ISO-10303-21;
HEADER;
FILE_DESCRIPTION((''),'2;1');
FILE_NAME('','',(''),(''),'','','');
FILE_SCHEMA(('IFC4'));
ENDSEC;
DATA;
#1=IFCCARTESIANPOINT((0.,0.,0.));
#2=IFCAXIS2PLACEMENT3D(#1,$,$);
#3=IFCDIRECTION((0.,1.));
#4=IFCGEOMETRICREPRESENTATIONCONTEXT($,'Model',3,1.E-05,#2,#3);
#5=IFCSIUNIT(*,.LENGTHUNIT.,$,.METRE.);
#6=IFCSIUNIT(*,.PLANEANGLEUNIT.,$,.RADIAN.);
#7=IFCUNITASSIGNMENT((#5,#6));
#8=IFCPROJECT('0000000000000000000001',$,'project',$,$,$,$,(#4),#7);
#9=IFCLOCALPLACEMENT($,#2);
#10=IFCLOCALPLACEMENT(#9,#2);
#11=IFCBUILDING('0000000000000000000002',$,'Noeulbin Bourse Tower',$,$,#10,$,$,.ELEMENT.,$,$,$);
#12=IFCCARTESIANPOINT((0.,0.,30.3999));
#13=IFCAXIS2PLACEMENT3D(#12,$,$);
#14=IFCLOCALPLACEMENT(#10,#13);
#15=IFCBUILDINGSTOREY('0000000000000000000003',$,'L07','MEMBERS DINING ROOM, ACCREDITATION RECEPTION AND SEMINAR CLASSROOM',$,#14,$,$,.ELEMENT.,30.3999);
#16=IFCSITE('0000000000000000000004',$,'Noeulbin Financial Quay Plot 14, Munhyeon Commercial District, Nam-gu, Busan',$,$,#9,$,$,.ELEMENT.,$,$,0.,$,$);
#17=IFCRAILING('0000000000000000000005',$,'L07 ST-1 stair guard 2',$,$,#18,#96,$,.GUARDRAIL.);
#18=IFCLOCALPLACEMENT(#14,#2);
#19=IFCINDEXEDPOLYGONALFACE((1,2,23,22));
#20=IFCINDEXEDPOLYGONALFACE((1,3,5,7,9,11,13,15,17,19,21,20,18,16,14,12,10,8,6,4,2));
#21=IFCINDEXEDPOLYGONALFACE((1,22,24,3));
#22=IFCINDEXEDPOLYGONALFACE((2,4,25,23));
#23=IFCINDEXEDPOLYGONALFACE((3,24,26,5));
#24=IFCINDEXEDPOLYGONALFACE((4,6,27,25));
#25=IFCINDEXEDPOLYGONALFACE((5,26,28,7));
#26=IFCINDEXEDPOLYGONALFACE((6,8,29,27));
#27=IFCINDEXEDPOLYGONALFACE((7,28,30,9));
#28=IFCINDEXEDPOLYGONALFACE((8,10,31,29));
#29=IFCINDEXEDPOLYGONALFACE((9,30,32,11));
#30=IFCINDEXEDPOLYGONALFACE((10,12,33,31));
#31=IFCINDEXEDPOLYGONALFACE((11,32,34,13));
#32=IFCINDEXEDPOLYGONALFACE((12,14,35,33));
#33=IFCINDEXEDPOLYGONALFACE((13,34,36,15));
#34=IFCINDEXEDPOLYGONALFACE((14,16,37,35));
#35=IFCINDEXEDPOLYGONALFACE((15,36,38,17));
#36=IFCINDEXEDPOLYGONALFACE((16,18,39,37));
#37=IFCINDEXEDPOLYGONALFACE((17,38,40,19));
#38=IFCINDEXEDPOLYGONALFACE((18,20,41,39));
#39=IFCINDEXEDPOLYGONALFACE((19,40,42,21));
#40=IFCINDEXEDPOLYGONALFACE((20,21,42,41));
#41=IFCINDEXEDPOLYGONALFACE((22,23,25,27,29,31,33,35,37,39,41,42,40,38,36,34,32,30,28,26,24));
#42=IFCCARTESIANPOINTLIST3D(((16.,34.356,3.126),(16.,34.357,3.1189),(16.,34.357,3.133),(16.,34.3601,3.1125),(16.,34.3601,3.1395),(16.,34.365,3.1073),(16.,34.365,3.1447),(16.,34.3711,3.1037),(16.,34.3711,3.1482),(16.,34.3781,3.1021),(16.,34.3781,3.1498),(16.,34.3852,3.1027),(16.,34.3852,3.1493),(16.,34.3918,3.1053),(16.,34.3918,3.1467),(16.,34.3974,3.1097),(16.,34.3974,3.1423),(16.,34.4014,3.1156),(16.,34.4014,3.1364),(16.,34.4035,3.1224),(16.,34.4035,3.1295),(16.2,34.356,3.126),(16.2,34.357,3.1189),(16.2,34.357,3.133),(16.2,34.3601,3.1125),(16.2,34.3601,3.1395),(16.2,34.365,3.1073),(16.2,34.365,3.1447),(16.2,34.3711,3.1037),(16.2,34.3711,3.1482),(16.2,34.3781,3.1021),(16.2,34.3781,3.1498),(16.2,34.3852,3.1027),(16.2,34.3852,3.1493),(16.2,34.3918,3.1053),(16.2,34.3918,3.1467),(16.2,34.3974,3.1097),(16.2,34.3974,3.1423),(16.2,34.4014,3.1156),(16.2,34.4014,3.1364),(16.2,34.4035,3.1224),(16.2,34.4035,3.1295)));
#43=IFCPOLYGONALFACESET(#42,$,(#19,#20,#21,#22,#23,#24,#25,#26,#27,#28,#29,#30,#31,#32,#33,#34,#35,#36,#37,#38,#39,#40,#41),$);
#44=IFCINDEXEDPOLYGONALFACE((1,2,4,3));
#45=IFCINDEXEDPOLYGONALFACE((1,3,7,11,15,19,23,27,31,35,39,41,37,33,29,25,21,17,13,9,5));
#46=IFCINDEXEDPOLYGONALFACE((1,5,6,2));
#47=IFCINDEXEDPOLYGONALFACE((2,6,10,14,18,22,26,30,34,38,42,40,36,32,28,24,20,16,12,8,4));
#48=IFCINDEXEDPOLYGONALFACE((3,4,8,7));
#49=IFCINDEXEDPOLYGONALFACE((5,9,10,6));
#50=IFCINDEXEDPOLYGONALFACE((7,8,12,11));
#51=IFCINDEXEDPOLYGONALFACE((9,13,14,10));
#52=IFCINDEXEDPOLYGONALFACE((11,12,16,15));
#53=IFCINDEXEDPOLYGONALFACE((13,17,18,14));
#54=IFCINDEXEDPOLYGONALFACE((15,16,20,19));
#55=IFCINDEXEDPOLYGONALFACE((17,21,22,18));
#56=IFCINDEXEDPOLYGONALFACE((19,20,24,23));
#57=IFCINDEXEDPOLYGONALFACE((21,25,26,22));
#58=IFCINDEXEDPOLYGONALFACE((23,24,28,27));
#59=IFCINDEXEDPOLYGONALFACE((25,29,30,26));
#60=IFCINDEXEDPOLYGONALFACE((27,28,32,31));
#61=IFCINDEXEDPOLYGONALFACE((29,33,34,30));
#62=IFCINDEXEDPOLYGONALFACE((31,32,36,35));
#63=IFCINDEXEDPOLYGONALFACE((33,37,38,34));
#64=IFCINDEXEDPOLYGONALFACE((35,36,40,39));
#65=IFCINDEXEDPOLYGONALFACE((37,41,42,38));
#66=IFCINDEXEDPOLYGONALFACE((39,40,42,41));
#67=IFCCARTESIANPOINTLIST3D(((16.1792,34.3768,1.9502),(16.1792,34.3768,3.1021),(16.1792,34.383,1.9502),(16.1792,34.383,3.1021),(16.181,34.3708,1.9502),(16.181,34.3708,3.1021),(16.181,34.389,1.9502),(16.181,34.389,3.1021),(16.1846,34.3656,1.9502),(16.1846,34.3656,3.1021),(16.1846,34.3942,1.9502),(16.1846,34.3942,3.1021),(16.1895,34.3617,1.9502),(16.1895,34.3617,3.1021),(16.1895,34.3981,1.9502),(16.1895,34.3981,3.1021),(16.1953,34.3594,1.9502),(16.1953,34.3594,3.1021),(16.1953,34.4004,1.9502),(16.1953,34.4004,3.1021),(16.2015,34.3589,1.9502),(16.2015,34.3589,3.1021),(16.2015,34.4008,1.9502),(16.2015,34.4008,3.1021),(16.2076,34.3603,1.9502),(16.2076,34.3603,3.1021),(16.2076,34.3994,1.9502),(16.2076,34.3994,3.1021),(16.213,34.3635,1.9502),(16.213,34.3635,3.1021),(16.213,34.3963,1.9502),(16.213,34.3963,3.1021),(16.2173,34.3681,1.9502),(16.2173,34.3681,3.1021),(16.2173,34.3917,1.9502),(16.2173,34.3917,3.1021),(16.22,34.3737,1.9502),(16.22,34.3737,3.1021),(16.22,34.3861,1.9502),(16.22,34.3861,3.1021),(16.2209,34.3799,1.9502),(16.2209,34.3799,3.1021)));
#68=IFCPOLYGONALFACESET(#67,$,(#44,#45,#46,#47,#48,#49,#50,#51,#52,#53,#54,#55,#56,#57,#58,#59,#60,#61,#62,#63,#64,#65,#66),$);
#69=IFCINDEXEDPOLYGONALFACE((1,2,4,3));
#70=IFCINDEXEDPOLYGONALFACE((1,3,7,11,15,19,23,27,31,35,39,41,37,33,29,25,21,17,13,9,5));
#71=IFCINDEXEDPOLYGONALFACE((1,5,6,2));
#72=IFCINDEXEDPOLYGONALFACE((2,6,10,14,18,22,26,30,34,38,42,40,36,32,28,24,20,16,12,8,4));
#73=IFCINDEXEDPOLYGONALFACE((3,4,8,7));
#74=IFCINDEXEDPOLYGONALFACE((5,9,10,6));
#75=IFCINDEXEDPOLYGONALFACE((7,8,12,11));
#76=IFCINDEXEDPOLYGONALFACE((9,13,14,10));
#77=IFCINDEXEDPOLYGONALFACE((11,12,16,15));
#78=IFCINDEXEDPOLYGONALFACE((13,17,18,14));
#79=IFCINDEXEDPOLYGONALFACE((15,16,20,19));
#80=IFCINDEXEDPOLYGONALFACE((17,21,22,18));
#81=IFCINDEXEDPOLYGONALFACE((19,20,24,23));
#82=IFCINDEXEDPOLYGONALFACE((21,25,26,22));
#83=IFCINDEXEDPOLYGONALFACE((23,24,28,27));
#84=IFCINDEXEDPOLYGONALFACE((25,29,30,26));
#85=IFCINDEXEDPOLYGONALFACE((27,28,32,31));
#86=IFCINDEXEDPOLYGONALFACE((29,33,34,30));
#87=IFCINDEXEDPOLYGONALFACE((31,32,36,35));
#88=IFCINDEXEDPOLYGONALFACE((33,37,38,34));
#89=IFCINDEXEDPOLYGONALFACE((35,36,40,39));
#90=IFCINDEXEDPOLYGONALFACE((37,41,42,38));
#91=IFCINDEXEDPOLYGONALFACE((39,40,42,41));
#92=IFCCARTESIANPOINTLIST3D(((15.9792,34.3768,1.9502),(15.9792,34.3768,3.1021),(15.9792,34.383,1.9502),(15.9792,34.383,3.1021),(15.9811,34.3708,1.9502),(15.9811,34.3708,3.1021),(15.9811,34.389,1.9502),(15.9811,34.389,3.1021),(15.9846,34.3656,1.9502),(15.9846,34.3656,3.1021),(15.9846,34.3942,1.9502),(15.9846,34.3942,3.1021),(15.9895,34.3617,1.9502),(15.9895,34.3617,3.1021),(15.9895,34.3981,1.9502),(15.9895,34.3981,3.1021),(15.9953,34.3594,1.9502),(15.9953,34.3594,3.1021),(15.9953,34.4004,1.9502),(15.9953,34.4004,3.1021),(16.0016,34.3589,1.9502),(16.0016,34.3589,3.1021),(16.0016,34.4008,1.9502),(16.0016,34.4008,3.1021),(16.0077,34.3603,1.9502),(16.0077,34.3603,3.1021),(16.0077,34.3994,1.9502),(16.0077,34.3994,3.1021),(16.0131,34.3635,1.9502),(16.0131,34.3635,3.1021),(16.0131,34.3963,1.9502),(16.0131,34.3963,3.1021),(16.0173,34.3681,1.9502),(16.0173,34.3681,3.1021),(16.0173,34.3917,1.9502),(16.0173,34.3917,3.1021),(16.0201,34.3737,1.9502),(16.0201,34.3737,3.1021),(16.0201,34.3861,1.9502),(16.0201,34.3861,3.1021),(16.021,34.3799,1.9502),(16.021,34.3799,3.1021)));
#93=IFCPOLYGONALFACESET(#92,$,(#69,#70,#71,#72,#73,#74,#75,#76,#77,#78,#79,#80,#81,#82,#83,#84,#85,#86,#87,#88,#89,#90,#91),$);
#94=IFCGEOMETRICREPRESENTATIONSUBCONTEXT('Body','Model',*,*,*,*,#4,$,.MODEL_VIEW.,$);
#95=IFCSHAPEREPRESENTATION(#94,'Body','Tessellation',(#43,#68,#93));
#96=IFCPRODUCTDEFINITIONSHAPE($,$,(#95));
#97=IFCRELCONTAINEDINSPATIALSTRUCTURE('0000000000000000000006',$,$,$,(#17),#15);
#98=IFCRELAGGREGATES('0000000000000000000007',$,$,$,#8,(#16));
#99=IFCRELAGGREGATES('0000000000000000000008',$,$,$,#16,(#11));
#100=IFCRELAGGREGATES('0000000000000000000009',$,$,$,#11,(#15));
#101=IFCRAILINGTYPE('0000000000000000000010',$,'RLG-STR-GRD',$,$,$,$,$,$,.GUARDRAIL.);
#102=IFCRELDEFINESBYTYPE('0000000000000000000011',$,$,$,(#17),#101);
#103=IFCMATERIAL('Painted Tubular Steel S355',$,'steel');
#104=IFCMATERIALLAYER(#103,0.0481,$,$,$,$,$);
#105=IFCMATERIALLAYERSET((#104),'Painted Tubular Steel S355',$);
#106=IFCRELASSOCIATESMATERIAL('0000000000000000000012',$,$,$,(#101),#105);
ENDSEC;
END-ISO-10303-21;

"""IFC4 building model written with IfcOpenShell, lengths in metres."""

from ifc_helpers import new_model, si_unit, direction, frame, origin, origin_2d, place, context, subcontext, project, spatial, circle, extrude, material, layer, layer_set, type_object, element, save


model = new_model("IFC4")

# Units and contexts
model_context = context("Model", 3, precision=1e-05, world=origin(), true_north=direction((0.0, 1.0)))
body_context = subcontext(model_context, "Body", "Model", "MODEL_VIEW")
ifc_project = project(units=[si_unit("LENGTHUNIT", "METRE"), si_unit("PLANEANGLEUNIT", "RADIAN")], contexts=[model_context])

# Site, building, storey
site_placement = place(None, origin())
site = spatial("IfcSite", under=ifc_project, at=site_placement, Name="Noeulbin Financial Quay Plot 14, Munhyeon Commercial District, Nam-gu, Busan", CompositionType="ELEMENT", RefElevation=0.0)
building_placement = place(site_placement, origin())
building = spatial("IfcBuilding", under=site, at=building_placement, Name="Noeulbin Bourse Tower", CompositionType="ELEMENT")
storey_placement = place(building_placement, frame((0.0, 0.0, 30.3999)))
storey = spatial("IfcBuildingStorey", under=building, at=storey_placement, Name="L07", Description="MEMBERS DINING ROOM, ACCREDITATION RECEPTION AND SEMINAR CLASSROOM", CompositionType="ELEMENT", Elevation=30.3999)

# Railing
ifc_material_1 = material(Name="Painted Tubular Steel S355", Category="steel")
ifc_layer_1 = layer(ifc_material_1, 0.0481)
ifc_layer_set_1 = layer_set([ifc_layer_1], Name="Painted Tubular Steel S355")
railing_type_1 = type_object("IfcRailingType", Name="RLG-STR-GRD", PredefinedType="GUARDRAIL", material=ifc_layer_set_1)
railing_1_placement = place(storey_placement, frame((16.2, 34.3799, 1.9502)))
element("IfcRailing", 1, at=railing_1_placement, inside=storey, type_object=railing_type_1, Name="L07 ST-1 stair guard 2", PredefinedType="GUARDRAIL", context=body_context, shape_type="SweptSolid", body=[
    extrude(circle(Radius=0.0239, at=origin_2d()), frame((0.0, 0.0, 1.1758), z_axis=(-1.0, 0.0, 0.0), x_axis=(0.0, -1.0, 0.0)), (0.0, 0.0, 1.0), 0.2),
    extrude(circle(Radius=0.021, at=origin_2d()), origin(), (0.0, 0.0, 1.0), 1.1519),
    extrude(circle(Radius=0.021, at=origin_2d()), frame((-0.2, 0.0, 0.0)), (0.0, 0.0, 1.0), 1.1519),
])

save(model, "model.ifc")
